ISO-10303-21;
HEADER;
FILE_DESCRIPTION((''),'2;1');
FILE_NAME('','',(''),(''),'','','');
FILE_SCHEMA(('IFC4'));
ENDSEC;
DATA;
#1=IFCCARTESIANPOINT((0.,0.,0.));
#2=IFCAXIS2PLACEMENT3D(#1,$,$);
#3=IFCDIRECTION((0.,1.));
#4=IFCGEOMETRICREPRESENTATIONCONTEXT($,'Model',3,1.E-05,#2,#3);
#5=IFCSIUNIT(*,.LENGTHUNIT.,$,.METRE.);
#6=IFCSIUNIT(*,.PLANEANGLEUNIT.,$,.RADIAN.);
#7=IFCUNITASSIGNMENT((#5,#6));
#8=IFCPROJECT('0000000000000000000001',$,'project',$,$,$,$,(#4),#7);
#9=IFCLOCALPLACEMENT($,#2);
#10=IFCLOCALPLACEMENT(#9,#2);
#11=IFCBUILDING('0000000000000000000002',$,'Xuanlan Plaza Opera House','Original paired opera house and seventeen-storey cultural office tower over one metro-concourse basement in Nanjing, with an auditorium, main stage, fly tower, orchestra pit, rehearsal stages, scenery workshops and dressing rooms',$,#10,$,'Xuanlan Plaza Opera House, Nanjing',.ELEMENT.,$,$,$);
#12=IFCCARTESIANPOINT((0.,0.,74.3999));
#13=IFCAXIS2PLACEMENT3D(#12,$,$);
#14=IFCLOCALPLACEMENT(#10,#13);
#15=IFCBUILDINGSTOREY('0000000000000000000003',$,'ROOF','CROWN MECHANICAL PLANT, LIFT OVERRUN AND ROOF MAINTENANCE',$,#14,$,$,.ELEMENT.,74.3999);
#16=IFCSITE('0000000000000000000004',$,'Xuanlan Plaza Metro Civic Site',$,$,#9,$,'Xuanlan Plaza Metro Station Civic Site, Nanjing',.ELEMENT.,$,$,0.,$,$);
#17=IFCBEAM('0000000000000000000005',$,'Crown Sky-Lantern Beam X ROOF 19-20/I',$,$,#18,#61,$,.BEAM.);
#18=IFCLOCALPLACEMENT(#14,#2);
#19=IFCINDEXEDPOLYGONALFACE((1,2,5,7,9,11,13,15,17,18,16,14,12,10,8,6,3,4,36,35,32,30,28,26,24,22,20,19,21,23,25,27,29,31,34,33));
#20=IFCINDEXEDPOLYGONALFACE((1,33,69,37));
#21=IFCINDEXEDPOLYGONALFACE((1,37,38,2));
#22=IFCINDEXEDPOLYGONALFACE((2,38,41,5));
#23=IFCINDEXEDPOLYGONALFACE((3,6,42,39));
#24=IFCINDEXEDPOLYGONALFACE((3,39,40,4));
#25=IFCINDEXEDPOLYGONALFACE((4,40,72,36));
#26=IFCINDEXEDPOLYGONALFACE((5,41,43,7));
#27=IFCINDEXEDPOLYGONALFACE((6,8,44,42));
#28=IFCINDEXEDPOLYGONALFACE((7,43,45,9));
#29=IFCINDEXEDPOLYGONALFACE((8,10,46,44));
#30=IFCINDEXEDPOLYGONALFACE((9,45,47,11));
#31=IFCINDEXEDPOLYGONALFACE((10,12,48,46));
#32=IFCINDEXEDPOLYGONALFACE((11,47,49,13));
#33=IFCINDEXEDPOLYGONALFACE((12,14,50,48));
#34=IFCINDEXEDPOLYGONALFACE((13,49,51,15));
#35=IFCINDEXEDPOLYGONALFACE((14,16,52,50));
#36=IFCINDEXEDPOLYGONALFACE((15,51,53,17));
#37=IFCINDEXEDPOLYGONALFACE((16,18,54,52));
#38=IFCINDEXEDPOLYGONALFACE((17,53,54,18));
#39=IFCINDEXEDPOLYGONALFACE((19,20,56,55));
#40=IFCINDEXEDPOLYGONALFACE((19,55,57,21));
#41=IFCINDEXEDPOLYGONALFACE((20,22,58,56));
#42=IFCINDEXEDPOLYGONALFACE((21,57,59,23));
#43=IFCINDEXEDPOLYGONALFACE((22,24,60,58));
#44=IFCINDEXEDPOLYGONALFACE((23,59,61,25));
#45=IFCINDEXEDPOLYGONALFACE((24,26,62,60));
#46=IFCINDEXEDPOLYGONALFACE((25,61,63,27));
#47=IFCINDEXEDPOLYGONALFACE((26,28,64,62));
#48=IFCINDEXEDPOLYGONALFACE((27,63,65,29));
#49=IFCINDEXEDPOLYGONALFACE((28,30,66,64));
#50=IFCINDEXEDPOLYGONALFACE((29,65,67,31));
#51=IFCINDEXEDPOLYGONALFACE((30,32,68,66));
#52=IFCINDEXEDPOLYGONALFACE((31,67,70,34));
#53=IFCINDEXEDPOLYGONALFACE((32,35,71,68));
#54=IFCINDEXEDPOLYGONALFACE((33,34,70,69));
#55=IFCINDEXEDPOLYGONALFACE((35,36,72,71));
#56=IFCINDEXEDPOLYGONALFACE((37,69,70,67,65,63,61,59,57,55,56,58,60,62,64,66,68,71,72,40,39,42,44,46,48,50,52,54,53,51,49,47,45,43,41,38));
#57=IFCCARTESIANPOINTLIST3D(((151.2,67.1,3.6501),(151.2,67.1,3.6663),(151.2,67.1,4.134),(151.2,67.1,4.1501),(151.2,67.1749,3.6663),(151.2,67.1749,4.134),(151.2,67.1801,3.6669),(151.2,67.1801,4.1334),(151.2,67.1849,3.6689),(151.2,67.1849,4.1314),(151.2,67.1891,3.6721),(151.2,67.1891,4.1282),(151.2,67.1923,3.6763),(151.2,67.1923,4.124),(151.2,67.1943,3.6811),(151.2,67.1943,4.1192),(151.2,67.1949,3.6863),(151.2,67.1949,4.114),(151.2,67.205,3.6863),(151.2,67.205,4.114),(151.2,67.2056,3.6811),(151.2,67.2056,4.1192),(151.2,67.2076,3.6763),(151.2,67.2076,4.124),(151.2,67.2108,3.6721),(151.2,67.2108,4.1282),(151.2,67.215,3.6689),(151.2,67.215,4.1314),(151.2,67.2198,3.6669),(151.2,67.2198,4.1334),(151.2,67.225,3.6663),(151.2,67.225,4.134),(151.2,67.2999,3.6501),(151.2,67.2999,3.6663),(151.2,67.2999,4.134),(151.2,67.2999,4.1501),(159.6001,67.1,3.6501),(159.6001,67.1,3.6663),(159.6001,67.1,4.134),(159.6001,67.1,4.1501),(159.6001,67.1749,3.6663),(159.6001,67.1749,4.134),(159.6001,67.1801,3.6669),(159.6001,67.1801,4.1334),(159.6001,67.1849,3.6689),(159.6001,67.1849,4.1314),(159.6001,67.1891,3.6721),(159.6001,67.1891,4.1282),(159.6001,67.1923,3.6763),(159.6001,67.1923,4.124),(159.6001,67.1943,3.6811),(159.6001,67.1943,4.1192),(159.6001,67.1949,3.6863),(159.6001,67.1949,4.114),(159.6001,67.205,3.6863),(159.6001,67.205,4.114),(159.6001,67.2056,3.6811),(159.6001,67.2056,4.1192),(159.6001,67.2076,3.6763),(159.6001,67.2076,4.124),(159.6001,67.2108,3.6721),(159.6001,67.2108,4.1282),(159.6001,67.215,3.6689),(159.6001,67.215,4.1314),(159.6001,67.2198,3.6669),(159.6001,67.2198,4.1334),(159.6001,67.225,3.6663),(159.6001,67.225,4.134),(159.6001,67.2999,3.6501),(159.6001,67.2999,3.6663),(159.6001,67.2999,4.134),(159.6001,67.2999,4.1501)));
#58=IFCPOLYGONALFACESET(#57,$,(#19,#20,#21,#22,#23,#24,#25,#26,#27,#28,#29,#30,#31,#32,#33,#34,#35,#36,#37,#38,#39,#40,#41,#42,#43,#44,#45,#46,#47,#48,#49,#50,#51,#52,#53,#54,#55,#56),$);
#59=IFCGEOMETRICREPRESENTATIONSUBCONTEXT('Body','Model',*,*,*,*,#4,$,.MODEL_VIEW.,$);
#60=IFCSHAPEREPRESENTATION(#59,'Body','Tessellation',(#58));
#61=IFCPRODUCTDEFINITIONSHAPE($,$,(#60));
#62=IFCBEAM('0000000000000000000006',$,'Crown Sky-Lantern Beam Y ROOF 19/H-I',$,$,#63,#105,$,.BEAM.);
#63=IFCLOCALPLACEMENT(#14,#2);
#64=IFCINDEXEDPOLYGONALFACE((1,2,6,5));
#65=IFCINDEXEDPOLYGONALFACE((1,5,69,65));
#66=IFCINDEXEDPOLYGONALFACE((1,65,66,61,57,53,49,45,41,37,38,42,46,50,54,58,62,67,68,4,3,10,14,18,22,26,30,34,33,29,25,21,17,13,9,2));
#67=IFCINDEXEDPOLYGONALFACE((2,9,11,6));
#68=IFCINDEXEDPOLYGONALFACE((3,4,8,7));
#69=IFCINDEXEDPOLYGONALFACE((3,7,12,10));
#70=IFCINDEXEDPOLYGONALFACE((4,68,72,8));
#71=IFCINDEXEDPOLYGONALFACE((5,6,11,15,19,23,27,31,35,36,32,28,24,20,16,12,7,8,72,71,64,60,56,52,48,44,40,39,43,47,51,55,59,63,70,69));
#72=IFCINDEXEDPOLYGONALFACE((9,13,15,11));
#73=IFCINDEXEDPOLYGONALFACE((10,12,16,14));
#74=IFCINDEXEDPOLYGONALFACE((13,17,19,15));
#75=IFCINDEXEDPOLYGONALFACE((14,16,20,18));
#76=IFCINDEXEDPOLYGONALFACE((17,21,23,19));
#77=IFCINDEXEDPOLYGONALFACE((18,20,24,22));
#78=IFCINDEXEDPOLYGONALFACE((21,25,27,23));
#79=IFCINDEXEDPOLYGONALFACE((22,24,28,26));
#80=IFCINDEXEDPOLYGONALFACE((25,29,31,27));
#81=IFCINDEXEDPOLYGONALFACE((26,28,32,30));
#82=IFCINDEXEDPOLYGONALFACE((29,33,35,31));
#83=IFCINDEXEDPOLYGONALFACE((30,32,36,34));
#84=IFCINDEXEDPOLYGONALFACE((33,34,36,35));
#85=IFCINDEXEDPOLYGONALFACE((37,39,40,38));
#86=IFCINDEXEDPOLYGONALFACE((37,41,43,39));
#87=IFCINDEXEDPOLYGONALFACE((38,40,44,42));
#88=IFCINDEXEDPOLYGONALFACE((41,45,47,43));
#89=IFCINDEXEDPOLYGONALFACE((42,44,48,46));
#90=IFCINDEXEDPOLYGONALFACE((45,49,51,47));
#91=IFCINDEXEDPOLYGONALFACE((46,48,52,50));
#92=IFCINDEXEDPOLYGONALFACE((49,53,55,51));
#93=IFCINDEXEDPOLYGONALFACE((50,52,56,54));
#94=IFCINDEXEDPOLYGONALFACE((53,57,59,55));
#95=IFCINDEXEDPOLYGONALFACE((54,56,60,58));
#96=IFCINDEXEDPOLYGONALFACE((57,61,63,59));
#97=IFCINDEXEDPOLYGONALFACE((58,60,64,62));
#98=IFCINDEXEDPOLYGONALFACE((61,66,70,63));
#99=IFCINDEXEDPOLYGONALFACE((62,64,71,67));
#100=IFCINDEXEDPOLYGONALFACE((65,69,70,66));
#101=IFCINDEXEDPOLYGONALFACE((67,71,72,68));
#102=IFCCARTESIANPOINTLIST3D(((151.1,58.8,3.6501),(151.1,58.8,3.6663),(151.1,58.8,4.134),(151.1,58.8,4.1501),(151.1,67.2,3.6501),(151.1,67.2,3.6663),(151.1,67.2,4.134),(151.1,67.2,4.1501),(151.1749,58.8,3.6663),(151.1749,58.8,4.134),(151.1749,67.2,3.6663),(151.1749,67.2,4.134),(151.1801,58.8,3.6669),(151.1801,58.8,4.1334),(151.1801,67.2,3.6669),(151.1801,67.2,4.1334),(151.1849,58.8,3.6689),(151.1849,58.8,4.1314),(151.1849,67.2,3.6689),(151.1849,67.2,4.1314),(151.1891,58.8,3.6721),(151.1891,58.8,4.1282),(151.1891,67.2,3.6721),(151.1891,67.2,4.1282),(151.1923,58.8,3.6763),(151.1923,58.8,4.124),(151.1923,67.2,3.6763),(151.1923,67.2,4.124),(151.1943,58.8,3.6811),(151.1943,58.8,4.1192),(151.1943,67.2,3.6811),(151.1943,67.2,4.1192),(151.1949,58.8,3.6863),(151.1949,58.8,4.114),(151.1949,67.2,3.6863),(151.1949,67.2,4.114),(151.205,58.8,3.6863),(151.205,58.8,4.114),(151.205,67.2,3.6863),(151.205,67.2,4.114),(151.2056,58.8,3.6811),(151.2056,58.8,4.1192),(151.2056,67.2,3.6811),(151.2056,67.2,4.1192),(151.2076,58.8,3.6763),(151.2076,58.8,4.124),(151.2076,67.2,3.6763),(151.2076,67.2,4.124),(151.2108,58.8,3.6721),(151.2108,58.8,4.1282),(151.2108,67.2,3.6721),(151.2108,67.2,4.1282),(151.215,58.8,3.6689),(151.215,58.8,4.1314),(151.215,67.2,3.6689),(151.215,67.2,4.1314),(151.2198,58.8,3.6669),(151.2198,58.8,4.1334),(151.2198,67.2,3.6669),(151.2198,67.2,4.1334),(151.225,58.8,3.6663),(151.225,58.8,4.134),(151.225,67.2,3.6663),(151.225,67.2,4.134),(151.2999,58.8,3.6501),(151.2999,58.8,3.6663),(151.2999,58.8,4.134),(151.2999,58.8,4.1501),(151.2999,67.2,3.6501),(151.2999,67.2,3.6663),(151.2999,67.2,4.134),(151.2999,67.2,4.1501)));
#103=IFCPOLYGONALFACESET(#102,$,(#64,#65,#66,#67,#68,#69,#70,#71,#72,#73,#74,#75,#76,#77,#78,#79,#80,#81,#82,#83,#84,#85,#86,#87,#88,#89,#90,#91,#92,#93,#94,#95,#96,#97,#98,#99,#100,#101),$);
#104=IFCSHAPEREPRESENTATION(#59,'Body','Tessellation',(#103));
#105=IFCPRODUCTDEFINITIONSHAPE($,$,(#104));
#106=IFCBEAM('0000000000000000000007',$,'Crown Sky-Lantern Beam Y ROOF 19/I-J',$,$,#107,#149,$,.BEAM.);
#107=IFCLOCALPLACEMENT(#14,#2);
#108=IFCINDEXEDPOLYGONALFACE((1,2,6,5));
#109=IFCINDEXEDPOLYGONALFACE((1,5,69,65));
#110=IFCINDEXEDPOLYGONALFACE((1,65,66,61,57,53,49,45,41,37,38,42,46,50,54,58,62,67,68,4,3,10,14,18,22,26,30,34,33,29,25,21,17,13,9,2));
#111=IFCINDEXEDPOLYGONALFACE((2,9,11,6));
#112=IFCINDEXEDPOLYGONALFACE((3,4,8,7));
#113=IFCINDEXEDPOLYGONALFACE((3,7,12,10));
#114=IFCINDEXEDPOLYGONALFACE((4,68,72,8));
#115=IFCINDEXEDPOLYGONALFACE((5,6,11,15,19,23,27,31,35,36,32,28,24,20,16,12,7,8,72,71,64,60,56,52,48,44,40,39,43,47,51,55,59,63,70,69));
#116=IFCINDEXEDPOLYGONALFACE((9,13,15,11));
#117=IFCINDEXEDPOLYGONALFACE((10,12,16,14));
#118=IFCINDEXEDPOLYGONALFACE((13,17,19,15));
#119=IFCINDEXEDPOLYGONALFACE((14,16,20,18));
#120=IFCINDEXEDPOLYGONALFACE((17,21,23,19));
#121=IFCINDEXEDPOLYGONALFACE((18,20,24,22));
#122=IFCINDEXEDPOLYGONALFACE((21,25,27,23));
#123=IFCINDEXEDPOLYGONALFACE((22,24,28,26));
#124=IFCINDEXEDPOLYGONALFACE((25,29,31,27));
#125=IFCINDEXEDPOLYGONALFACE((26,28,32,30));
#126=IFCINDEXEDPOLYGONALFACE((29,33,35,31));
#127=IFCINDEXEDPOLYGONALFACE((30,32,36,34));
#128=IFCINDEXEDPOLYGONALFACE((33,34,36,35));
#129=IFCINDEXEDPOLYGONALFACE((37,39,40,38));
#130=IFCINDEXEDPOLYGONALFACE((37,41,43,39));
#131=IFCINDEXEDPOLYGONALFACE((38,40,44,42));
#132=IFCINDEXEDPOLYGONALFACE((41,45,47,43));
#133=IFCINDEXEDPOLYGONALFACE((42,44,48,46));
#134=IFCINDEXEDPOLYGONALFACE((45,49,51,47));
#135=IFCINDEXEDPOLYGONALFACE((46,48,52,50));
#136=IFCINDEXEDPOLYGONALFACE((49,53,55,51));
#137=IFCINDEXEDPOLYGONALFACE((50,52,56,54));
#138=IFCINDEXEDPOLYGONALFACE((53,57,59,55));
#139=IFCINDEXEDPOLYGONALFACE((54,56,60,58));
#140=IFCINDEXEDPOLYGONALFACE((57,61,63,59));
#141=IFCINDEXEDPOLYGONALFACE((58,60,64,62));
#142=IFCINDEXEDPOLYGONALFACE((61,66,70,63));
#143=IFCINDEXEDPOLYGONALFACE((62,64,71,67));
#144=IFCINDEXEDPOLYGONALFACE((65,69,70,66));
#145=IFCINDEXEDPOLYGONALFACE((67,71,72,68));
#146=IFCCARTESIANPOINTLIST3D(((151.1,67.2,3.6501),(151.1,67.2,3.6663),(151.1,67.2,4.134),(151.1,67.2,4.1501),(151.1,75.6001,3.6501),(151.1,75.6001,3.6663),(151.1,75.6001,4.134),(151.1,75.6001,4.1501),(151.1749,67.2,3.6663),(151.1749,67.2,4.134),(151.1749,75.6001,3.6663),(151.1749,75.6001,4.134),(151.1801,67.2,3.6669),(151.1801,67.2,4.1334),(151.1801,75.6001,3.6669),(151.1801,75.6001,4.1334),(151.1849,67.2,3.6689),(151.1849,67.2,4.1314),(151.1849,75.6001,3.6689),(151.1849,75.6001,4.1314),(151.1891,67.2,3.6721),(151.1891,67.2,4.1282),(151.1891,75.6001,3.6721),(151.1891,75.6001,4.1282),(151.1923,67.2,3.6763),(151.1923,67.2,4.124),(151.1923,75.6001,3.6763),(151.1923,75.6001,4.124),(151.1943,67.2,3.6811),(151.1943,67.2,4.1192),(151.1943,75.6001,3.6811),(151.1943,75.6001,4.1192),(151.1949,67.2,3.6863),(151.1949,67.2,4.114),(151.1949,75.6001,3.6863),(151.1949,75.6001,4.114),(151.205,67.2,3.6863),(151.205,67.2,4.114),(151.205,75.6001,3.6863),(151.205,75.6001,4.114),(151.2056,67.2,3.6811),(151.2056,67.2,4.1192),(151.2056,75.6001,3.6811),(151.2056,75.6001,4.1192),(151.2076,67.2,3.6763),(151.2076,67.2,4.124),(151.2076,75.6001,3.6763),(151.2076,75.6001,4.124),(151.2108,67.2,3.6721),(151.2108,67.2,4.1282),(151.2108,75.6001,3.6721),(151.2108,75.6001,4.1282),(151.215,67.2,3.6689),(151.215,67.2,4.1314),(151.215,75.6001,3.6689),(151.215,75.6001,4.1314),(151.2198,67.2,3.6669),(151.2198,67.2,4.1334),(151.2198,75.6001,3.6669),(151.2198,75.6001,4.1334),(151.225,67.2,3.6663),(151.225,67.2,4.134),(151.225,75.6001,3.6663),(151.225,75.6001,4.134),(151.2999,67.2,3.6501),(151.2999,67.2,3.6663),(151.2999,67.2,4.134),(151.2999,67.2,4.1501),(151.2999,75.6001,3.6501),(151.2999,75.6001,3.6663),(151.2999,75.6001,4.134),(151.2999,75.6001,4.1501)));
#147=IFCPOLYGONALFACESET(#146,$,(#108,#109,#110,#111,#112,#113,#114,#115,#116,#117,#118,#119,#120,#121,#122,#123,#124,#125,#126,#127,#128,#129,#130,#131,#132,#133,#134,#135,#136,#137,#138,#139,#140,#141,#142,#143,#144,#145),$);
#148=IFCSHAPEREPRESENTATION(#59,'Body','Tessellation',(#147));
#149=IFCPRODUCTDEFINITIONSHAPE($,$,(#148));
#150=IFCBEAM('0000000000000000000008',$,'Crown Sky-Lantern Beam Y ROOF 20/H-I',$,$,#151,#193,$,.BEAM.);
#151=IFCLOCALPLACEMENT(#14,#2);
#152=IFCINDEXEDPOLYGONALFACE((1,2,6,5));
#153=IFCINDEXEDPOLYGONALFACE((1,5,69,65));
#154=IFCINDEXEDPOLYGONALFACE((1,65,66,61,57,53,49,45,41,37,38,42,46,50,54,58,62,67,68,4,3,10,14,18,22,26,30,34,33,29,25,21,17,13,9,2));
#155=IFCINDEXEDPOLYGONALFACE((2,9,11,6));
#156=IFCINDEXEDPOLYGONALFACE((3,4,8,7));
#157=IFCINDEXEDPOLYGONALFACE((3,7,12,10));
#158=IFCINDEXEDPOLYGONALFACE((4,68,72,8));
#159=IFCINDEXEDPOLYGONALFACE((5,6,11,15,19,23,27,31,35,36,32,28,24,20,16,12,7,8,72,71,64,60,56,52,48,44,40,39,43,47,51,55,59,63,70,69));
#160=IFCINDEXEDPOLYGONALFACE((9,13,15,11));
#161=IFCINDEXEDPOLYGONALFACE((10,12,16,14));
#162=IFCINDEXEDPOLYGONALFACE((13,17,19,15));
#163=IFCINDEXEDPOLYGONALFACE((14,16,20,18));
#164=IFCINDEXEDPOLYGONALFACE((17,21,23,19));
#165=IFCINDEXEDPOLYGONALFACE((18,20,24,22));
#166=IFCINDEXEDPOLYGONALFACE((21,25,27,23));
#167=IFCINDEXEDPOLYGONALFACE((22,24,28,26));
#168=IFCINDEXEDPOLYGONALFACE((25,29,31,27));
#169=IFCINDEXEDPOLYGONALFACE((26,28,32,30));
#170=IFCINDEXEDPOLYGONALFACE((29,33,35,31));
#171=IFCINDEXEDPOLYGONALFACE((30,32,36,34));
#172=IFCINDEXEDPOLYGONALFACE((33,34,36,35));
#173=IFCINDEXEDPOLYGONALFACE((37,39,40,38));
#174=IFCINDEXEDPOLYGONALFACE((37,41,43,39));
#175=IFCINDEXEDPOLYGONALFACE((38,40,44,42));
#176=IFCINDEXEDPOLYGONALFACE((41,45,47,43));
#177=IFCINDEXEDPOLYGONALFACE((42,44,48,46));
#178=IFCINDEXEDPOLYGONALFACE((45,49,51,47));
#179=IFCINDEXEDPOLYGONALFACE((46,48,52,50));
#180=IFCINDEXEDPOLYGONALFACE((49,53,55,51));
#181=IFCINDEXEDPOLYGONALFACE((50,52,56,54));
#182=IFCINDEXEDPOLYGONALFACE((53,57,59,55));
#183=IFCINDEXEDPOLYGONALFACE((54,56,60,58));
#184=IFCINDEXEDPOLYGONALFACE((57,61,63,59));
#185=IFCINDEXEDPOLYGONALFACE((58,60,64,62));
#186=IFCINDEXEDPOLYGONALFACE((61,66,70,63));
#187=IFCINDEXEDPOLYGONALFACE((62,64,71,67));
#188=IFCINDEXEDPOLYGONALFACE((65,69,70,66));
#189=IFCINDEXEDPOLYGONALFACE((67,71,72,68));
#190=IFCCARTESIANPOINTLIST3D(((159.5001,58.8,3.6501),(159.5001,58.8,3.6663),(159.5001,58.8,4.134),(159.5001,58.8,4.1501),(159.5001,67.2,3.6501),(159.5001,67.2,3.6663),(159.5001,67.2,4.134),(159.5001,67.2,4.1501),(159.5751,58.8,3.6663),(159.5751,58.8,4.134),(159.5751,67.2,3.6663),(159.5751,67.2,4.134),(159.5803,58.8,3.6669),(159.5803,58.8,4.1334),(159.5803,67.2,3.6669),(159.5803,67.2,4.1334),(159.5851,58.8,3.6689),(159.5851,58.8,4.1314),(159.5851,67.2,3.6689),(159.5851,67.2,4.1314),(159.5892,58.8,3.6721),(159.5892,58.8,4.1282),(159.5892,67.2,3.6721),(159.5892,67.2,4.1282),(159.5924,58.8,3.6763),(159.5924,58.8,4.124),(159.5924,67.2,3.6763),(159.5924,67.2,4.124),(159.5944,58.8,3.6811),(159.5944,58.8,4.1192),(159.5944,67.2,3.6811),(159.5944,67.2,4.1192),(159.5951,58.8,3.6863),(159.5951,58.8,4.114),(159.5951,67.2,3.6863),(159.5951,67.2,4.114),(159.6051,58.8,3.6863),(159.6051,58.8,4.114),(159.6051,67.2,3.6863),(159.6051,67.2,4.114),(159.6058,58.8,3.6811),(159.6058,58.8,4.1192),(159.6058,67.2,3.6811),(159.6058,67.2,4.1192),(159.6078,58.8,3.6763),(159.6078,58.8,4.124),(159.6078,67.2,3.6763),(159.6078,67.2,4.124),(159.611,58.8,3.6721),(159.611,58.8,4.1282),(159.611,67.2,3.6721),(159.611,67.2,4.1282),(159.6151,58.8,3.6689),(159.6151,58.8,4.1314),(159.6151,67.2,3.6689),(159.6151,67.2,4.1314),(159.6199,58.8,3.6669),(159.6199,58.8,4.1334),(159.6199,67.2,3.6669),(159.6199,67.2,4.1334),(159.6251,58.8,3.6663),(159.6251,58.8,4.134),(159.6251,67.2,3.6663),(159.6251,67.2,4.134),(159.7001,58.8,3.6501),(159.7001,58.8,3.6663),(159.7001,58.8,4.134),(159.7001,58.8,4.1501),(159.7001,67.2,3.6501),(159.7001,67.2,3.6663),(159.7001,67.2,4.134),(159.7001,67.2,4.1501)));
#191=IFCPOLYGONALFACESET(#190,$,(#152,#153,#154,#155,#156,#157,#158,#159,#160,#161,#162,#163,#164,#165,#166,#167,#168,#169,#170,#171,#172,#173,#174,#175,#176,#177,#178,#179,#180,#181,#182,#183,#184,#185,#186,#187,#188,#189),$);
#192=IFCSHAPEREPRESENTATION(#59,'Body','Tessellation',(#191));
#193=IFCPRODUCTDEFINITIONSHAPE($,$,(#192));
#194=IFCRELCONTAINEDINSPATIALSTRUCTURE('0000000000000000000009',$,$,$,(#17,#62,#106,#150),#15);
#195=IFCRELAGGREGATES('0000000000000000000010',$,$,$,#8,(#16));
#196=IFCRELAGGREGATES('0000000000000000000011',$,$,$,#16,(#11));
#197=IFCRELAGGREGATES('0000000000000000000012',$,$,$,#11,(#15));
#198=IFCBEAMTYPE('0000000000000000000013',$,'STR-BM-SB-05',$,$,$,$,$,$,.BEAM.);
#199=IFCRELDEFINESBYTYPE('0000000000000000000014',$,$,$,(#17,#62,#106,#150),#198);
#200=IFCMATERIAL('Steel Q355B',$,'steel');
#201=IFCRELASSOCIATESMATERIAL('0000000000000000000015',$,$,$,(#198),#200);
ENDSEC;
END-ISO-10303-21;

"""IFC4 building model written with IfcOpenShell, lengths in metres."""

from ifc_helpers import new_model, si_unit, direction, frame, origin, origin_2d, place, context, subcontext, project, spatial, i_section, extrude, material, material_profile, profile_set, type_object, element, save


model = new_model("IFC4")

# Units and contexts
model_context = context("Model", 3, precision=1e-05, world=origin(), true_north=direction((0.0, 1.0)))
body_context = subcontext(model_context, "Body", "Model", "MODEL_VIEW")
ifc_project = project(units=[si_unit("LENGTHUNIT", "METRE"), si_unit("PLANEANGLEUNIT", "RADIAN")], contexts=[model_context])

# Site, building, storey
site_placement = place(None, origin())
site = spatial("IfcSite", under=ifc_project, at=site_placement, Name="Xuanlan Plaza Metro Civic Site", LongName="Xuanlan Plaza Metro Station Civic Site, Nanjing", CompositionType="ELEMENT", RefElevation=0.0)
building_placement = place(site_placement, origin())
building = spatial("IfcBuilding", under=site, at=building_placement, Name="Xuanlan Plaza Opera House", Description="Original paired opera house and seventeen-storey cultural office tower over one metro-concourse basement in Nanjing, with an auditorium, main stage, fly tower, orchestra pit, rehearsal stages, scenery workshops and dressing rooms", LongName="Xuanlan Plaza Opera House, Nanjing", CompositionType="ELEMENT")
storey_placement = place(building_placement, frame((0.0, 0.0, 74.3999)))
storey = spatial("IfcBuildingStorey", under=building, at=storey_placement, Name="ROOF", Description="CROWN MECHANICAL PLANT, LIFT OVERRUN AND ROOF MAINTENANCE", CompositionType="ELEMENT", Elevation=74.3999)

# Shared definitions
ifc_material_1 = material(Name="Steel Q355B", Category="steel")

# Beams
ifc_material_profile_1 = material_profile(ifc_material_1, i_section(OverallWidth=0.2, OverallDepth=0.5, WebThickness=0.01, FlangeThickness=0.0161, FilletRadius=0.02, at=origin_2d()), Name="HN 500x200x10x16")
ifc_profile_set_1 = profile_set([ifc_material_profile_1], Name="Steel Q355B")
beam_type = type_object("IfcBeamType", Name="STR-BM-SB-05", PredefinedType="BEAM", material=ifc_profile_set_1)
beam_1_placement = place(storey_placement, frame((151.2, 67.2, 3.9001), z_axis=(1.0, 0.0, 0.0), x_axis=(0.0, 1.0, 0.0)))
element("IfcBeam", 1, at=beam_1_placement, inside=storey, type_object=beam_type, Name="Crown Sky-Lantern Beam X ROOF 19-20/I", PredefinedType="BEAM", context=body_context, shape_type="SweptSolid", body=[
    extrude(i_section(OverallWidth=0.2, OverallDepth=0.5, WebThickness=0.01, FlangeThickness=0.0161, FilletRadius=0.02, at=origin_2d()), origin(), (0.0, 0.0, 1.0), 8.4001),
])
beam_2_placement = place(storey_placement, frame((151.2, 58.8, 3.9001), z_axis=(0.0, 1.0, 0.0), x_axis=(-1.0, 0.0, 0.0)))
element("IfcBeam", 2, at=beam_2_placement, inside=storey, type_object=beam_type, Name="Crown Sky-Lantern Beam Y ROOF 19/H-I", PredefinedType="BEAM", context=body_context, shape_type="SweptSolid", body=[
    extrude(i_section(OverallWidth=0.2, OverallDepth=0.5, WebThickness=0.01, FlangeThickness=0.0161, FilletRadius=0.02, at=origin_2d()), origin(), (0.0, 0.0, 1.0), 8.3999),
])
beam_3_placement = place(storey_placement, frame((151.2, 67.2, 3.9001), z_axis=(0.0, 1.0, 0.0), x_axis=(-1.0, 0.0, 0.0)))
element("IfcBeam", 3, at=beam_3_placement, inside=storey, type_object=beam_type, Name="Crown Sky-Lantern Beam Y ROOF 19/I-J", PredefinedType="BEAM", context=body_context, shape_type="SweptSolid", body=[
    extrude(i_section(OverallWidth=0.2, OverallDepth=0.5, WebThickness=0.01, FlangeThickness=0.0161, FilletRadius=0.02, at=origin_2d()), origin(), (0.0, 0.0, 1.0), 8.4001),
])
beam_4_placement = place(storey_placement, frame((159.6001, 58.8, 3.9001), z_axis=(0.0, 1.0, 0.0), x_axis=(-1.0, 0.0, 0.0)))
element("IfcBeam", 4, at=beam_4_placement, inside=storey, type_object=beam_type, Name="Crown Sky-Lantern Beam Y ROOF 20/H-I", PredefinedType="BEAM", context=body_context, shape_type="SweptSolid", body=[
    extrude(i_section(OverallWidth=0.2, OverallDepth=0.5, WebThickness=0.01, FlangeThickness=0.0161, FilletRadius=0.02, at=origin_2d()), origin(), (0.0, 0.0, 1.0), 8.3999),
])

save(model, "model.ifc")
